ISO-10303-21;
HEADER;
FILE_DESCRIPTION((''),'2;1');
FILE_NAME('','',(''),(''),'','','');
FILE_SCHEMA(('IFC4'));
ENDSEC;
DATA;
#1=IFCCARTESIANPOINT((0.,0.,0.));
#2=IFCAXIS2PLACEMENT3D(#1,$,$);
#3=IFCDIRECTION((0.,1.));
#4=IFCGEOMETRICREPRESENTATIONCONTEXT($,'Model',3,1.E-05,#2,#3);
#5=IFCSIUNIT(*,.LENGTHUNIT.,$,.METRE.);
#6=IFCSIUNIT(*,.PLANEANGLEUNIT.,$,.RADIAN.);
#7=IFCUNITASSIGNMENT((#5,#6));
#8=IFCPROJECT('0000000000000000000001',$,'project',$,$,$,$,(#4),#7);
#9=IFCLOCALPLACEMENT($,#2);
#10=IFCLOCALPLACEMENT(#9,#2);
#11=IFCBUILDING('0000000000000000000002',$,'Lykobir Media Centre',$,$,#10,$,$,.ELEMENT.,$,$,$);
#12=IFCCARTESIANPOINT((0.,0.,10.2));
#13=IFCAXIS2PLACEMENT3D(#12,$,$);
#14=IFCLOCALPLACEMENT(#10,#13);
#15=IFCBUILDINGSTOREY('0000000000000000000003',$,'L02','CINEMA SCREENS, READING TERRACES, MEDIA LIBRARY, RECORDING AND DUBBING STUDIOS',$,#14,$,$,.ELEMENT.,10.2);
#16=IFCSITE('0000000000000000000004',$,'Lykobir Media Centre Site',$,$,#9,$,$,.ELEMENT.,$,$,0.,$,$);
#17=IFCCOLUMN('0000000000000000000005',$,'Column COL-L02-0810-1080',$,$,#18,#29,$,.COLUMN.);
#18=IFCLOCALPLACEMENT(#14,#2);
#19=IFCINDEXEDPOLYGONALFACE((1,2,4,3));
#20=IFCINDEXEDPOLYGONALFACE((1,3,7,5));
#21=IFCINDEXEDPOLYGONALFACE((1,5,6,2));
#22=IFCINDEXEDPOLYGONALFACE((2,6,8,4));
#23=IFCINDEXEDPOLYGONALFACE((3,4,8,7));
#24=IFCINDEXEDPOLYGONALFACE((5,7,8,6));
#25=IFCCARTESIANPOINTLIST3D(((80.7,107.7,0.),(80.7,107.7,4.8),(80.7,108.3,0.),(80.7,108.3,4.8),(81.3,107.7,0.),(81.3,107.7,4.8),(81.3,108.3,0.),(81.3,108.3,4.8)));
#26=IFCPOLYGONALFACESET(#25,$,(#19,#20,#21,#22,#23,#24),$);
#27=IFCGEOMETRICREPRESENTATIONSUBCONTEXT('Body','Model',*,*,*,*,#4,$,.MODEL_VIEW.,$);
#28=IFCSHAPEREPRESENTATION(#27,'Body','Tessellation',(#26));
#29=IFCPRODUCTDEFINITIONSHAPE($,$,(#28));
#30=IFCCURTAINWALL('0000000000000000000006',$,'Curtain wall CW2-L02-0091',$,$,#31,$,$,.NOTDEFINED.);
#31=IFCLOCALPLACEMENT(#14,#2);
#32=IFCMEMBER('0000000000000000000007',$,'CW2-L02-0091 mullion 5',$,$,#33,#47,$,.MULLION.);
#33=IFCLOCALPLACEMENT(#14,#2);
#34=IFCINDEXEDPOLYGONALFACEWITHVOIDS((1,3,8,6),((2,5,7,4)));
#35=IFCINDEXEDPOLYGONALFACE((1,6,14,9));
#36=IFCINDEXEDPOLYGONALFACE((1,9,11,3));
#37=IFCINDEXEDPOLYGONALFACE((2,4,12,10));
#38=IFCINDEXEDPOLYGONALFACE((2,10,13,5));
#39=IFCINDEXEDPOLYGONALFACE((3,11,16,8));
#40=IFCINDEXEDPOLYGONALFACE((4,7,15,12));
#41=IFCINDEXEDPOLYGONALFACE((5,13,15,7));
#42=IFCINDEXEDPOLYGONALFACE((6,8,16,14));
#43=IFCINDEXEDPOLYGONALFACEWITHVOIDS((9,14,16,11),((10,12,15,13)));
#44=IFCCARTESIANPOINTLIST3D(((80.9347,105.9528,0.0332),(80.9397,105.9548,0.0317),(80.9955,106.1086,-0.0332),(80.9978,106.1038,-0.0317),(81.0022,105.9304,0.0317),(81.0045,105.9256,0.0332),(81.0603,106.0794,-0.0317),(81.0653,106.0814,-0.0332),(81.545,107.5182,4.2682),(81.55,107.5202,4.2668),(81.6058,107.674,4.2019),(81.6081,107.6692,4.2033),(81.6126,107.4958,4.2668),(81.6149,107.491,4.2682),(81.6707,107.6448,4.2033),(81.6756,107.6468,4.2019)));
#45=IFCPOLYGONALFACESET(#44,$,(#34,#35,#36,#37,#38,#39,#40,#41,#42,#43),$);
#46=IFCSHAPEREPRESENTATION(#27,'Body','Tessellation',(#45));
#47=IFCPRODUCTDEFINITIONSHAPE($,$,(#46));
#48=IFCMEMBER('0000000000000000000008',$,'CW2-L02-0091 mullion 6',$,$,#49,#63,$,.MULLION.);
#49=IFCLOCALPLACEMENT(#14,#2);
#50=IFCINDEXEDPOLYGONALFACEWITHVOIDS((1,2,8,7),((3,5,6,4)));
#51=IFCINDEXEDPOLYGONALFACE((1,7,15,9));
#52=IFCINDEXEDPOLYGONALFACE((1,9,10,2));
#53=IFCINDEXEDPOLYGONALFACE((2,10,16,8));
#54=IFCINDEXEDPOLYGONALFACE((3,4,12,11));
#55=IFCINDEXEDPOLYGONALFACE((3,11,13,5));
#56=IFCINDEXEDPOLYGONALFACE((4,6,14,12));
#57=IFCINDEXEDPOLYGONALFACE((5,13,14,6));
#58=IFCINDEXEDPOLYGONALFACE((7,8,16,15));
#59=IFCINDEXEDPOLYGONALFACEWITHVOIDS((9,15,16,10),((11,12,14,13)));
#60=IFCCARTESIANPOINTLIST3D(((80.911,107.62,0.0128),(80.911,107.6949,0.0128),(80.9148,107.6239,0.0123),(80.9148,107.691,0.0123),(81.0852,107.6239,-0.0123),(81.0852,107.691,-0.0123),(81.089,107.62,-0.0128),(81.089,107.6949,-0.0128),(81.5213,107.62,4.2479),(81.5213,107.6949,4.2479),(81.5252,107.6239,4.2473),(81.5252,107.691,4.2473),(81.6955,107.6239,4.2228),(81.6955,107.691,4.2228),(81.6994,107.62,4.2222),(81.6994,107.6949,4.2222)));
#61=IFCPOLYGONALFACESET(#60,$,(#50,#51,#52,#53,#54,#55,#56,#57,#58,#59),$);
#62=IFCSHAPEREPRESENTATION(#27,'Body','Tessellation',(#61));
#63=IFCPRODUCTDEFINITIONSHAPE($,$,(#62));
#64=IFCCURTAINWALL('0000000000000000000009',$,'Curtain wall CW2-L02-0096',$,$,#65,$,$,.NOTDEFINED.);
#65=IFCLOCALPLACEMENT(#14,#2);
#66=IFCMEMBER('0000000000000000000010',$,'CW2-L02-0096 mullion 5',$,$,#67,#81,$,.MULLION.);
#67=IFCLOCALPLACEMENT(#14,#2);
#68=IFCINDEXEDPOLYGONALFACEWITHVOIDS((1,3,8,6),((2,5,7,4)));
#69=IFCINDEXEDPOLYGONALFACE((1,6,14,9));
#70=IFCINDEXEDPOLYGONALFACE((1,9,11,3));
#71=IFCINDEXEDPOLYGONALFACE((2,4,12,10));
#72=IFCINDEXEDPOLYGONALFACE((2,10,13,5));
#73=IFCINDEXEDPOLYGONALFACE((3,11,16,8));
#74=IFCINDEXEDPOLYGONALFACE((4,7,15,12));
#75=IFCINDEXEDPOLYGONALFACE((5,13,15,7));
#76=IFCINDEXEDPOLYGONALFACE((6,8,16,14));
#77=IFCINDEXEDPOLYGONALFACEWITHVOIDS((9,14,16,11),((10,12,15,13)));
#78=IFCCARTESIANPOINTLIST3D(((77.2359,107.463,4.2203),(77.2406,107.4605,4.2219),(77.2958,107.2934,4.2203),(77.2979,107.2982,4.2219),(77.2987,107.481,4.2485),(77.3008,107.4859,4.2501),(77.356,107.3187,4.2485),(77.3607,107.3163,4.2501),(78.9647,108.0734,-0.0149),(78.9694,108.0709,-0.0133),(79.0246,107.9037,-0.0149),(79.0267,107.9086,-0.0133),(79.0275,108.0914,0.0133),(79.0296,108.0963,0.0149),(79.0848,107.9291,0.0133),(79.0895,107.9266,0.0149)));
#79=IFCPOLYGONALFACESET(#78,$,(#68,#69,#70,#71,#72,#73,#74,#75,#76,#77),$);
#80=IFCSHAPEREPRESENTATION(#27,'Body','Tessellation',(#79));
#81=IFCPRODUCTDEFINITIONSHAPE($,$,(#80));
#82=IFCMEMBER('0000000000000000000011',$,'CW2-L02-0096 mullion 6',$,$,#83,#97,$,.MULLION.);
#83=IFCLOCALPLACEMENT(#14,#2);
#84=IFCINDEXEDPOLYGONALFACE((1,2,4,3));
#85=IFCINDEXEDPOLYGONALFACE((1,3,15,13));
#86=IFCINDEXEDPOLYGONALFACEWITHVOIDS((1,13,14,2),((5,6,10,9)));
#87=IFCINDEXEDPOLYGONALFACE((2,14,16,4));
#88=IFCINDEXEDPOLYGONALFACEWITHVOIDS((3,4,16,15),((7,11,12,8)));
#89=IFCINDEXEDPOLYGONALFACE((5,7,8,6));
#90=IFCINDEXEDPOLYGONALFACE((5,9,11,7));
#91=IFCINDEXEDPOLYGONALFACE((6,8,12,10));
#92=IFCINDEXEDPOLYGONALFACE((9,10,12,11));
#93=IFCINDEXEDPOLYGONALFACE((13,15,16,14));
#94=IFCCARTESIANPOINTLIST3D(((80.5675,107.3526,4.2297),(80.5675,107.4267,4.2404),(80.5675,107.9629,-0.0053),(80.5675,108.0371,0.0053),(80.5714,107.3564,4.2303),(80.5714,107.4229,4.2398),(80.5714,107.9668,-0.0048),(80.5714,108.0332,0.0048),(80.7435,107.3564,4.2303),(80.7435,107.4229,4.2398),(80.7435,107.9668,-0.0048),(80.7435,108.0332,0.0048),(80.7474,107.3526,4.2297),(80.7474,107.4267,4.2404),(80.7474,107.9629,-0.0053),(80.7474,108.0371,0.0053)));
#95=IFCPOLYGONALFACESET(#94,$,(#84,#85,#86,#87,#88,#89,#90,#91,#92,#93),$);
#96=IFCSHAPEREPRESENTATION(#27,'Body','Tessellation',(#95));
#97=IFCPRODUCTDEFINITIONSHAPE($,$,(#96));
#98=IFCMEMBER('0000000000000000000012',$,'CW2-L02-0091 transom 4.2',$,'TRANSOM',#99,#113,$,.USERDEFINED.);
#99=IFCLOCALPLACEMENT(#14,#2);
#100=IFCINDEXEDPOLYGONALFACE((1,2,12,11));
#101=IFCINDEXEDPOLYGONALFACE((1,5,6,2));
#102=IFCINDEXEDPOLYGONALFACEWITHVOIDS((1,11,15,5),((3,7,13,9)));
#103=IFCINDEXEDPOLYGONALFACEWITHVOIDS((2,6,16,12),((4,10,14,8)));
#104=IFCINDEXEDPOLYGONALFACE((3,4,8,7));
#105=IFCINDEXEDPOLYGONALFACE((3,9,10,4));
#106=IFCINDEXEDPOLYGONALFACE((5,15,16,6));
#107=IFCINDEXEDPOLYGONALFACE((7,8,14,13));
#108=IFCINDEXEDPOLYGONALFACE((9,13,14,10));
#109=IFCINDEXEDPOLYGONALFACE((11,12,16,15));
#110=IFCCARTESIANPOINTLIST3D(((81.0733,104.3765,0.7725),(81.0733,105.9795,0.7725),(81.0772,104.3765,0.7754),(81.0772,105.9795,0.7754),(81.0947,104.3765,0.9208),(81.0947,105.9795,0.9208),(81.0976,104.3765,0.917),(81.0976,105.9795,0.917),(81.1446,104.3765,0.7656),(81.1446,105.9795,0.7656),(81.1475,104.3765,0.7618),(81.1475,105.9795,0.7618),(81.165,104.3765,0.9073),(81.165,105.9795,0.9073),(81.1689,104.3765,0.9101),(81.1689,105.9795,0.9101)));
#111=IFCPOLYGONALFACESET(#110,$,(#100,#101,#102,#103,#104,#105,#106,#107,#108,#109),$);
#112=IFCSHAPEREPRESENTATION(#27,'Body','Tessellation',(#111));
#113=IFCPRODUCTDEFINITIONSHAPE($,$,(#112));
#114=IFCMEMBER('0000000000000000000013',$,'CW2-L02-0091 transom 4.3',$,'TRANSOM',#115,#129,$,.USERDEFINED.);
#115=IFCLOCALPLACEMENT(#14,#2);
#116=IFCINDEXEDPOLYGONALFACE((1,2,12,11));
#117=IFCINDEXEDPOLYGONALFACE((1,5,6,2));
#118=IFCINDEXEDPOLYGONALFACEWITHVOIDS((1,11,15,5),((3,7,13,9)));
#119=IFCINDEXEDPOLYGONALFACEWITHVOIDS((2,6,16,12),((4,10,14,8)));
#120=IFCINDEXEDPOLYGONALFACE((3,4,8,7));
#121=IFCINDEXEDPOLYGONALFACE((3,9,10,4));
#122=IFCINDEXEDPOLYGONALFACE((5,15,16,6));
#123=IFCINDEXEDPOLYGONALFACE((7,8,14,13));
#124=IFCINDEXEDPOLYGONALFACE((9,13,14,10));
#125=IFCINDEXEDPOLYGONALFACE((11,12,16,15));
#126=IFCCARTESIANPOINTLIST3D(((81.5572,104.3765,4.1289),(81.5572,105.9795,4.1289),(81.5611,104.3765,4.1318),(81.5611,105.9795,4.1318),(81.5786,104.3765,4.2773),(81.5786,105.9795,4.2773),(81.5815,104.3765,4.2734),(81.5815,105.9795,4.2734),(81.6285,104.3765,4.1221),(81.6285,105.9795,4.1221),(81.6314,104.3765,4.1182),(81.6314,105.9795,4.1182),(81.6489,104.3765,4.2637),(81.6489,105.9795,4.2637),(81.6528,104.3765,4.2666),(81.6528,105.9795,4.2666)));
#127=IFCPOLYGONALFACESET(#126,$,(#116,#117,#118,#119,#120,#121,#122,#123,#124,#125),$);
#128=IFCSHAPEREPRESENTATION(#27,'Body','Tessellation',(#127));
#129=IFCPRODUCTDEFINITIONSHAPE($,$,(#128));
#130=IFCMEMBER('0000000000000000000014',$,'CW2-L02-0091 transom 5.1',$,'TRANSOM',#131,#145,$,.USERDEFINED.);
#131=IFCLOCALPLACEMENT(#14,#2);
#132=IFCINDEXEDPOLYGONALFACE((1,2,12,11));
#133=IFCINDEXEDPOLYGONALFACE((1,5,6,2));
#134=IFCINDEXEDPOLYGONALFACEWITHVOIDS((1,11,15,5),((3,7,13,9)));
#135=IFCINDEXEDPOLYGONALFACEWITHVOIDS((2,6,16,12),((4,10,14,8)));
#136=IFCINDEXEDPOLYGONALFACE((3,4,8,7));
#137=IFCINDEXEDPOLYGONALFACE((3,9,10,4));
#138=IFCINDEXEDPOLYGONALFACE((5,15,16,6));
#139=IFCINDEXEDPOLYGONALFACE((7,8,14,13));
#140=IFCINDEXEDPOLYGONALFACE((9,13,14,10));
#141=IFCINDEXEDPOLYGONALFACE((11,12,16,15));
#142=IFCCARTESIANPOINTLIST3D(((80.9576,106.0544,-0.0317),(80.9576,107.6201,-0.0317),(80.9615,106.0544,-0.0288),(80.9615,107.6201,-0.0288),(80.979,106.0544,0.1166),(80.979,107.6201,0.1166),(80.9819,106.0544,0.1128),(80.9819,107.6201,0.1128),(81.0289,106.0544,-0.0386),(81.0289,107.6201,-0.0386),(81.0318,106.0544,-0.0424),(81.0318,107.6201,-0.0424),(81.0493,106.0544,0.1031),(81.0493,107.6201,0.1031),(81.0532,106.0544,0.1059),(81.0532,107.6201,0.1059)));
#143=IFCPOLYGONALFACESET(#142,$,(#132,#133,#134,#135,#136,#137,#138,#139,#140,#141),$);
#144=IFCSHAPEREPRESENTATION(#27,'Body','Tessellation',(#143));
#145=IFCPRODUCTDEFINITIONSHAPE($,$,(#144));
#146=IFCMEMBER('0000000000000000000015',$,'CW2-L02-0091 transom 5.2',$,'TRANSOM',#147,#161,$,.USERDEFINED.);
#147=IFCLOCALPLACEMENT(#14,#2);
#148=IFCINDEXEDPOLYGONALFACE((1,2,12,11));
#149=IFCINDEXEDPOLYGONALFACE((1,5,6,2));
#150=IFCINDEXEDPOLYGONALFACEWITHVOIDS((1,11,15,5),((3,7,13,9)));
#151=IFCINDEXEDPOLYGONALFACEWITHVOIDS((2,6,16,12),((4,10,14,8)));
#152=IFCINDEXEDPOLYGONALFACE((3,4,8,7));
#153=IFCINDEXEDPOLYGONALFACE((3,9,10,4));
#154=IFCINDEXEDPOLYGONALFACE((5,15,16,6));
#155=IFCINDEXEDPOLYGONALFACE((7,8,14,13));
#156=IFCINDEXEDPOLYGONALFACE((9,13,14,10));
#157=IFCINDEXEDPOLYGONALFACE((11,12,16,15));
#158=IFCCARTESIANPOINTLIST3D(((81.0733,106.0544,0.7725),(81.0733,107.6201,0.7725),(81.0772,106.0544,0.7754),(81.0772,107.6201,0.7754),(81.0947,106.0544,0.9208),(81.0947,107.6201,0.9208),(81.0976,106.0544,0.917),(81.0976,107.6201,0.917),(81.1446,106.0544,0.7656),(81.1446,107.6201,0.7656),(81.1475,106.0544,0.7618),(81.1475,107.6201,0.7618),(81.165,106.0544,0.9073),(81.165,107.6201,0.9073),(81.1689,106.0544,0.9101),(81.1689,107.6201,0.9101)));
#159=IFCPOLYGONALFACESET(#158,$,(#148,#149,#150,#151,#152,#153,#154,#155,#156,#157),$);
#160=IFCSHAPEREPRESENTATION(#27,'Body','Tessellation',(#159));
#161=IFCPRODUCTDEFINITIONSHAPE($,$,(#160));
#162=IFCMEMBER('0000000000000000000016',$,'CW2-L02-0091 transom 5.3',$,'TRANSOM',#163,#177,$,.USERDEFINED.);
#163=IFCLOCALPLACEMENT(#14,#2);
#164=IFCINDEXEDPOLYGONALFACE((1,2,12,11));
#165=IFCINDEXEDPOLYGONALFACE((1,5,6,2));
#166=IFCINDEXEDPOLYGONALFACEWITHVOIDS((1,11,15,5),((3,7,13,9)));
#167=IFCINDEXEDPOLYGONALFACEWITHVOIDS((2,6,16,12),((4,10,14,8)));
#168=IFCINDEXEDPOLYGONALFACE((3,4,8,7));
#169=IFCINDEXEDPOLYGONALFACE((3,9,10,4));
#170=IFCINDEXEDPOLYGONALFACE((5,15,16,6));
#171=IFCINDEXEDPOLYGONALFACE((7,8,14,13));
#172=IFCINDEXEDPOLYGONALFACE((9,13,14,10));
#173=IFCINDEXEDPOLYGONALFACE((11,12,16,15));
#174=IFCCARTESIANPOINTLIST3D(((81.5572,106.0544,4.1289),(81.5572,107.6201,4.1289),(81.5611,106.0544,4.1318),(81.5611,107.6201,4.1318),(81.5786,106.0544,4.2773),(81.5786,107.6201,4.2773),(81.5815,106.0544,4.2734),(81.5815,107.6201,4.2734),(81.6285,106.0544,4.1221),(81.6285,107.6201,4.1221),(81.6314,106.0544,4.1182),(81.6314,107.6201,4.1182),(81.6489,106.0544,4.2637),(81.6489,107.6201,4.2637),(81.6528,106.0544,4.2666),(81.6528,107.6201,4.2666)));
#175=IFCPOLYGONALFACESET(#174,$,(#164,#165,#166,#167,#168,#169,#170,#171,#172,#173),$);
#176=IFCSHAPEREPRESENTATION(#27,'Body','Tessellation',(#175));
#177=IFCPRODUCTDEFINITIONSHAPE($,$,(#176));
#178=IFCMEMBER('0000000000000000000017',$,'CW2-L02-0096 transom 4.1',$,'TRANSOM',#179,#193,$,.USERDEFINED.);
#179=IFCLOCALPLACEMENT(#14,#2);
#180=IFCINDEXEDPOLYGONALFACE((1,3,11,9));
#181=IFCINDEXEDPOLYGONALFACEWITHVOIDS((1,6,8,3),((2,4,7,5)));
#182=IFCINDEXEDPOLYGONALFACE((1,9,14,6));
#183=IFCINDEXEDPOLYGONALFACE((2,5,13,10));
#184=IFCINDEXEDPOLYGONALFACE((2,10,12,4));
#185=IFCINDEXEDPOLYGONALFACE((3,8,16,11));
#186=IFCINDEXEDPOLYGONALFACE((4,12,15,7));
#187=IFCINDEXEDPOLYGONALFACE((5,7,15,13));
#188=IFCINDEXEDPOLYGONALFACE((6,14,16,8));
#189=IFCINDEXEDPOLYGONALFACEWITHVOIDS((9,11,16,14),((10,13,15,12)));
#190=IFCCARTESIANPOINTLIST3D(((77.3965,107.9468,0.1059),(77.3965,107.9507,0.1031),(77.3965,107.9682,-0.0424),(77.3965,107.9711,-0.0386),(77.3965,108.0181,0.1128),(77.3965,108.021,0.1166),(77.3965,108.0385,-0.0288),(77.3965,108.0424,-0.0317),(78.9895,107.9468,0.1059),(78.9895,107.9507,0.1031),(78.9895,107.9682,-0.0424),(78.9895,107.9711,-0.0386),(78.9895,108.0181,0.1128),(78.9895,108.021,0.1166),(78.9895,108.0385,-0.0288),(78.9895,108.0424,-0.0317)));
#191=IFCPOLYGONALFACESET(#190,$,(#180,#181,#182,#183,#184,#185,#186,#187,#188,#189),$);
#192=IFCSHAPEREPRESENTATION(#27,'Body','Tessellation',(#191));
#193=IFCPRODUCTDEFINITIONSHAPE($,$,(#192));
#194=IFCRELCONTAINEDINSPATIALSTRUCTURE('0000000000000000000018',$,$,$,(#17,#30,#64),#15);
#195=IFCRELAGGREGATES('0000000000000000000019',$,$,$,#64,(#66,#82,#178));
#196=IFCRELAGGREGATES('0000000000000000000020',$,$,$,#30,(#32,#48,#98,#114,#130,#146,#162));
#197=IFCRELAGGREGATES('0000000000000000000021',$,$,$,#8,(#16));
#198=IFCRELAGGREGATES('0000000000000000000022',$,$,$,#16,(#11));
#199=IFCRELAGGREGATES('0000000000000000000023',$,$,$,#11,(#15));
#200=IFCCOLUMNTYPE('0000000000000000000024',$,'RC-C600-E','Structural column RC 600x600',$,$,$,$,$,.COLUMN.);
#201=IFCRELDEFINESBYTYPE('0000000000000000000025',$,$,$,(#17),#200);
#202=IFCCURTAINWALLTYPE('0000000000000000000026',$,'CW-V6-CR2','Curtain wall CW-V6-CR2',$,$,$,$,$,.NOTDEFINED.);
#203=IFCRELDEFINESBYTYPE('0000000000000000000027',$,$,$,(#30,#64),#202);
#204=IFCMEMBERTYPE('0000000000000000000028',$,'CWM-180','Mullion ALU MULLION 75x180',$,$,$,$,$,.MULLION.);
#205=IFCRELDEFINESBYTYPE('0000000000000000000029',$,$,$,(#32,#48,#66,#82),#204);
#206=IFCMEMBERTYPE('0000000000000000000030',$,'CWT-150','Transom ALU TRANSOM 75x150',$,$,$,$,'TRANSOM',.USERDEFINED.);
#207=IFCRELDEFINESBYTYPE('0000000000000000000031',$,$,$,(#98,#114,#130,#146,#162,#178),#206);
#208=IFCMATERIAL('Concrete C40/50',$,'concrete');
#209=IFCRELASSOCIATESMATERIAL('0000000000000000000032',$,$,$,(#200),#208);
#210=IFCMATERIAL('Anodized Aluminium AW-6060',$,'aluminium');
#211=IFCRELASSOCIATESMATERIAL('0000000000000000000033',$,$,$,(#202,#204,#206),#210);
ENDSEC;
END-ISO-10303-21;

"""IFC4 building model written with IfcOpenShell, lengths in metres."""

from ifc_helpers import new_model, si_unit, direction, frame, origin, origin_2d, place, context, subcontext, project, spatial, rectangle, hollow_rectangle, extrude, material, material_profile, profile_set, type_object, element, aggregate, save


model = new_model("IFC4")

# Units and contexts
model_context = context("Model", 3, precision=1e-05, world=origin(), true_north=direction((0.0, 1.0)))
body_context = subcontext(model_context, "Body", "Model", "MODEL_VIEW")
ifc_project = project(units=[si_unit("LENGTHUNIT", "METRE"), si_unit("PLANEANGLEUNIT", "RADIAN")], contexts=[model_context])

# Site, building, storey
site_placement = place(None, origin())
site = spatial("IfcSite", under=ifc_project, at=site_placement, Name="Lykobir Media Centre Site", CompositionType="ELEMENT", RefElevation=0.0)
building_placement = place(site_placement, origin())
building = spatial("IfcBuilding", under=site, at=building_placement, Name="Lykobir Media Centre", CompositionType="ELEMENT")
storey_placement = place(building_placement, frame((0.0, 0.0, 10.2)))
storey = spatial("IfcBuildingStorey", under=building, at=storey_placement, Name="L02", Description="CINEMA SCREENS, READING TERRACES, MEDIA LIBRARY, RECORDING AND DUBBING STUDIOS", CompositionType="ELEMENT", Elevation=10.2)

# Column
ifc_material_1 = material(Name="Concrete C40/50", Category="concrete")
ifc_material_profile_1 = material_profile(ifc_material_1, rectangle(XDim=0.6001, YDim=0.6001, at=origin_2d()), Name="RC 600x600")
ifc_profile_set_1 = profile_set([ifc_material_profile_1], Name="Concrete C40/50")
column_type = type_object("IfcColumnType", Name="RC-C600-E", Description="Structural column RC 600x600", PredefinedType="COLUMN", material=ifc_profile_set_1)
column_placement = place(storey_placement, frame((81.0, 108.0, 0.0), z_axis=(0.0, 0.0, 1.0), x_axis=(1.0, 0.0, 0.0)))
element("IfcColumn", 1, at=column_placement, inside=storey, type_object=column_type, Name="Column COL-L02-0810-1080", PredefinedType="COLUMN", context=body_context, shape_type="SweptSolid", body=[
    extrude(rectangle(XDim=0.6001, YDim=0.6001, at=origin_2d()), origin(), (0.0, 0.0, 1.0), 4.8),
])

# Curtain walls, members
ifc_material_2 = material(Name="Anodized Aluminium AW-6060", Category="aluminium")
curtain_wall_type = type_object("IfcCurtainWallType", Name="CW-V6-CR2", Description="Curtain wall CW-V6-CR2", PredefinedType="NOTDEFINED", material=ifc_material_2)
curtain_wall_1_placement = place(storey_placement, origin())
curtain_wall_1 = element("IfcCurtainWall", 2, at=curtain_wall_1_placement, inside=storey, type_object=curtain_wall_type, Name="Curtain wall CW2-L02-0091", PredefinedType="NOTDEFINED")
ifc_material_profile_2 = material_profile(ifc_material_2, hollow_rectangle(XDim=0.075, YDim=0.1799, WallThickness=0.0039, at=origin_2d()), Name="ALU MULLION 75x180")
ifc_profile_set_2 = profile_set([ifc_material_profile_2], Name="Anodized Aluminium AW-6060")
member_type_1 = type_object("IfcMemberType", Name="CWM-180", Description="Mullion ALU MULLION 75x180", PredefinedType="MULLION", material=ifc_profile_set_2)
member_1_placement = place(storey_placement, frame((81.0, 106.0171, 0.0), z_axis=(0.13396, 0.34358, 0.92952), x_axis=(0.931688, -0.36326, 0.0)))
member_1 = element("IfcMember", 3, at=member_1_placement, type_object=member_type_1, Name="CW2-L02-0091 mullion 5", PredefinedType="MULLION", context=body_context, shape_type="SweptSolid", body=[
    extrude(hollow_rectangle(XDim=0.075, YDim=0.1799, WallThickness=0.0039, at=origin_2d()), origin(), (0.0, 0.0, 1.0), 4.5562),
])
member_2_placement = place(storey_placement, frame((81.0, 107.6575, 0.0), z_axis=(0.142643, 0.0, 0.989774), x_axis=(0.0, -1.0, 0.0)))
member_2 = element("IfcMember", 4, at=member_2_placement, type_object=member_type_1, Name="CW2-L02-0091 mullion 6", PredefinedType="MULLION", context=body_context, shape_type="SweptSolid", body=[
    extrude(hollow_rectangle(XDim=0.075, YDim=0.1799, WallThickness=0.0039, at=origin_2d()), origin(), (0.0, 0.0, 1.0), 4.2788),
])
curtain_wall_2_placement = place(storey_placement, origin())
curtain_wall_2 = element("IfcCurtainWall", 5, at=curtain_wall_2_placement, inside=storey, type_object=curtain_wall_type, Name="Curtain wall CW2-L02-0096", PredefinedType="NOTDEFINED")
member_3_placement = place(storey_placement, frame((79.0271, 108.0, 0.0), z_axis=(-0.374604, -0.132257, 0.917704), x_axis=(0.865354, 0.30552, 0.397266)))
member_3 = element("IfcMember", 6, at=member_3_placement, type_object=member_type_1, Name="CW2-L02-0096 mullion 5", PredefinedType="MULLION", context=body_context, shape_type="SweptSolid", body=[
    extrude(hollow_rectangle(XDim=0.075, YDim=0.1799, WallThickness=0.0039, at=origin_2d()), origin(), (0.0, 0.0, 1.0), 4.615),
])
member_4_placement = place(storey_placement, frame((80.6575, 108.0, 0.0), z_axis=(0.0, -0.142643, 0.989774), x_axis=(0.0, 0.989774, 0.142643)))
member_4 = element("IfcMember", 7, at=member_4_placement, type_object=member_type_1, Name="CW2-L02-0096 mullion 6", PredefinedType="MULLION", context=body_context, shape_type="SweptSolid", body=[
    extrude(hollow_rectangle(XDim=0.075, YDim=0.1799, WallThickness=0.0039, at=origin_2d()), origin(), (0.0, 0.0, 1.0), 4.2788),
])

# Members
ifc_material_profile_3 = material_profile(ifc_material_2, hollow_rectangle(XDim=0.075, YDim=0.1499, WallThickness=0.0034, at=origin_2d()), Name="ALU TRANSOM 75x150")
ifc_profile_set_3 = profile_set([ifc_material_profile_3], Name="Anodized Aluminium AW-6060")
member_type_2 = type_object("IfcMemberType", Name="CWT-150", Description="Transom ALU TRANSOM 75x150", ElementType="TRANSOM", PredefinedType="USERDEFINED", material=ifc_profile_set_3)
member_5_placement = place(storey_placement, frame((81.1211, 104.3765, 0.8413), z_axis=(0.0, 1.0, 0.0), x_axis=(-0.989776, 0.0, 0.142629)))
member_5 = element("IfcMember", 8, at=member_5_placement, type_object=member_type_2, Name="CW2-L02-0091 transom 4.2", ObjectType="TRANSOM", PredefinedType="USERDEFINED", context=body_context, shape_type="SweptSolid", body=[
    extrude(hollow_rectangle(XDim=0.075, YDim=0.1499, WallThickness=0.0034, at=origin_2d()), origin(), (0.0, 0.0, 1.0), 1.603),
])
member_6_placement = place(storey_placement, frame((81.605, 104.3765, 4.1978), z_axis=(0.0, 1.0, 0.0), x_axis=(-0.989776, 0.0, 0.142629)))
member_6 = element("IfcMember", 9, at=member_6_placement, type_object=member_type_2, Name="CW2-L02-0091 transom 4.3", ObjectType="TRANSOM", PredefinedType="USERDEFINED", context=body_context, shape_type="SweptSolid", body=[
    extrude(hollow_rectangle(XDim=0.075, YDim=0.1499, WallThickness=0.0034, at=origin_2d()), origin(), (0.0, 0.0, 1.0), 1.603),
])
member_7_placement = place(storey_placement, frame((81.0054, 106.0544, 0.0371), z_axis=(0.0, 1.0, 0.0), x_axis=(-0.989776, 0.0, 0.142629)))
member_7 = element("IfcMember", 10, at=member_7_placement, type_object=member_type_2, Name="CW2-L02-0091 transom 5.1", ObjectType="TRANSOM", PredefinedType="USERDEFINED", context=body_context, shape_type="SweptSolid", body=[
    extrude(hollow_rectangle(XDim=0.075, YDim=0.1499, WallThickness=0.0034, at=origin_2d()), origin(), (0.0, 0.0, 1.0), 1.5657),
])
member_8_placement = place(storey_placement, frame((81.1211, 106.0544, 0.8413), z_axis=(0.0, 1.0, 0.0), x_axis=(-0.989776, 0.0, 0.142629)))
member_8 = element("IfcMember", 11, at=member_8_placement, type_object=member_type_2, Name="CW2-L02-0091 transom 5.2", ObjectType="TRANSOM", PredefinedType="USERDEFINED", context=body_context, shape_type="SweptSolid", body=[
    extrude(hollow_rectangle(XDim=0.075, YDim=0.1499, WallThickness=0.0034, at=origin_2d()), origin(), (0.0, 0.0, 1.0), 1.5657),
])
member_9_placement = place(storey_placement, frame((81.605, 106.0544, 4.1978), z_axis=(0.0, 1.0, 0.0), x_axis=(-0.989776, 0.0, 0.142629)))
member_9 = element("IfcMember", 12, at=member_9_placement, type_object=member_type_2, Name="CW2-L02-0091 transom 5.3", ObjectType="TRANSOM", PredefinedType="USERDEFINED", context=body_context, shape_type="SweptSolid", body=[
    extrude(hollow_rectangle(XDim=0.075, YDim=0.1499, WallThickness=0.0034, at=origin_2d()), origin(), (0.0, 0.0, 1.0), 1.5657),
])
member_10_placement = place(storey_placement, frame((77.3965, 107.9946, 0.0371), z_axis=(1.0, 0.0, 0.0), x_axis=(0.0, 0.989776, 0.142629)))
member_10 = element("IfcMember", 13, at=member_10_placement, type_object=member_type_2, Name="CW2-L02-0096 transom 4.1", ObjectType="TRANSOM", PredefinedType="USERDEFINED", context=body_context, shape_type="SweptSolid", body=[
    extrude(hollow_rectangle(XDim=0.075, YDim=0.1499, WallThickness=0.0034, at=origin_2d()), origin(), (0.0, 0.0, 1.0), 1.593),
])

aggregate(curtain_wall_2, [member_3, member_4, member_10])
aggregate(curtain_wall_1, [member_1, member_2, member_5, member_6, member_7, member_8, member_9])

save(model, "model.ifc")
